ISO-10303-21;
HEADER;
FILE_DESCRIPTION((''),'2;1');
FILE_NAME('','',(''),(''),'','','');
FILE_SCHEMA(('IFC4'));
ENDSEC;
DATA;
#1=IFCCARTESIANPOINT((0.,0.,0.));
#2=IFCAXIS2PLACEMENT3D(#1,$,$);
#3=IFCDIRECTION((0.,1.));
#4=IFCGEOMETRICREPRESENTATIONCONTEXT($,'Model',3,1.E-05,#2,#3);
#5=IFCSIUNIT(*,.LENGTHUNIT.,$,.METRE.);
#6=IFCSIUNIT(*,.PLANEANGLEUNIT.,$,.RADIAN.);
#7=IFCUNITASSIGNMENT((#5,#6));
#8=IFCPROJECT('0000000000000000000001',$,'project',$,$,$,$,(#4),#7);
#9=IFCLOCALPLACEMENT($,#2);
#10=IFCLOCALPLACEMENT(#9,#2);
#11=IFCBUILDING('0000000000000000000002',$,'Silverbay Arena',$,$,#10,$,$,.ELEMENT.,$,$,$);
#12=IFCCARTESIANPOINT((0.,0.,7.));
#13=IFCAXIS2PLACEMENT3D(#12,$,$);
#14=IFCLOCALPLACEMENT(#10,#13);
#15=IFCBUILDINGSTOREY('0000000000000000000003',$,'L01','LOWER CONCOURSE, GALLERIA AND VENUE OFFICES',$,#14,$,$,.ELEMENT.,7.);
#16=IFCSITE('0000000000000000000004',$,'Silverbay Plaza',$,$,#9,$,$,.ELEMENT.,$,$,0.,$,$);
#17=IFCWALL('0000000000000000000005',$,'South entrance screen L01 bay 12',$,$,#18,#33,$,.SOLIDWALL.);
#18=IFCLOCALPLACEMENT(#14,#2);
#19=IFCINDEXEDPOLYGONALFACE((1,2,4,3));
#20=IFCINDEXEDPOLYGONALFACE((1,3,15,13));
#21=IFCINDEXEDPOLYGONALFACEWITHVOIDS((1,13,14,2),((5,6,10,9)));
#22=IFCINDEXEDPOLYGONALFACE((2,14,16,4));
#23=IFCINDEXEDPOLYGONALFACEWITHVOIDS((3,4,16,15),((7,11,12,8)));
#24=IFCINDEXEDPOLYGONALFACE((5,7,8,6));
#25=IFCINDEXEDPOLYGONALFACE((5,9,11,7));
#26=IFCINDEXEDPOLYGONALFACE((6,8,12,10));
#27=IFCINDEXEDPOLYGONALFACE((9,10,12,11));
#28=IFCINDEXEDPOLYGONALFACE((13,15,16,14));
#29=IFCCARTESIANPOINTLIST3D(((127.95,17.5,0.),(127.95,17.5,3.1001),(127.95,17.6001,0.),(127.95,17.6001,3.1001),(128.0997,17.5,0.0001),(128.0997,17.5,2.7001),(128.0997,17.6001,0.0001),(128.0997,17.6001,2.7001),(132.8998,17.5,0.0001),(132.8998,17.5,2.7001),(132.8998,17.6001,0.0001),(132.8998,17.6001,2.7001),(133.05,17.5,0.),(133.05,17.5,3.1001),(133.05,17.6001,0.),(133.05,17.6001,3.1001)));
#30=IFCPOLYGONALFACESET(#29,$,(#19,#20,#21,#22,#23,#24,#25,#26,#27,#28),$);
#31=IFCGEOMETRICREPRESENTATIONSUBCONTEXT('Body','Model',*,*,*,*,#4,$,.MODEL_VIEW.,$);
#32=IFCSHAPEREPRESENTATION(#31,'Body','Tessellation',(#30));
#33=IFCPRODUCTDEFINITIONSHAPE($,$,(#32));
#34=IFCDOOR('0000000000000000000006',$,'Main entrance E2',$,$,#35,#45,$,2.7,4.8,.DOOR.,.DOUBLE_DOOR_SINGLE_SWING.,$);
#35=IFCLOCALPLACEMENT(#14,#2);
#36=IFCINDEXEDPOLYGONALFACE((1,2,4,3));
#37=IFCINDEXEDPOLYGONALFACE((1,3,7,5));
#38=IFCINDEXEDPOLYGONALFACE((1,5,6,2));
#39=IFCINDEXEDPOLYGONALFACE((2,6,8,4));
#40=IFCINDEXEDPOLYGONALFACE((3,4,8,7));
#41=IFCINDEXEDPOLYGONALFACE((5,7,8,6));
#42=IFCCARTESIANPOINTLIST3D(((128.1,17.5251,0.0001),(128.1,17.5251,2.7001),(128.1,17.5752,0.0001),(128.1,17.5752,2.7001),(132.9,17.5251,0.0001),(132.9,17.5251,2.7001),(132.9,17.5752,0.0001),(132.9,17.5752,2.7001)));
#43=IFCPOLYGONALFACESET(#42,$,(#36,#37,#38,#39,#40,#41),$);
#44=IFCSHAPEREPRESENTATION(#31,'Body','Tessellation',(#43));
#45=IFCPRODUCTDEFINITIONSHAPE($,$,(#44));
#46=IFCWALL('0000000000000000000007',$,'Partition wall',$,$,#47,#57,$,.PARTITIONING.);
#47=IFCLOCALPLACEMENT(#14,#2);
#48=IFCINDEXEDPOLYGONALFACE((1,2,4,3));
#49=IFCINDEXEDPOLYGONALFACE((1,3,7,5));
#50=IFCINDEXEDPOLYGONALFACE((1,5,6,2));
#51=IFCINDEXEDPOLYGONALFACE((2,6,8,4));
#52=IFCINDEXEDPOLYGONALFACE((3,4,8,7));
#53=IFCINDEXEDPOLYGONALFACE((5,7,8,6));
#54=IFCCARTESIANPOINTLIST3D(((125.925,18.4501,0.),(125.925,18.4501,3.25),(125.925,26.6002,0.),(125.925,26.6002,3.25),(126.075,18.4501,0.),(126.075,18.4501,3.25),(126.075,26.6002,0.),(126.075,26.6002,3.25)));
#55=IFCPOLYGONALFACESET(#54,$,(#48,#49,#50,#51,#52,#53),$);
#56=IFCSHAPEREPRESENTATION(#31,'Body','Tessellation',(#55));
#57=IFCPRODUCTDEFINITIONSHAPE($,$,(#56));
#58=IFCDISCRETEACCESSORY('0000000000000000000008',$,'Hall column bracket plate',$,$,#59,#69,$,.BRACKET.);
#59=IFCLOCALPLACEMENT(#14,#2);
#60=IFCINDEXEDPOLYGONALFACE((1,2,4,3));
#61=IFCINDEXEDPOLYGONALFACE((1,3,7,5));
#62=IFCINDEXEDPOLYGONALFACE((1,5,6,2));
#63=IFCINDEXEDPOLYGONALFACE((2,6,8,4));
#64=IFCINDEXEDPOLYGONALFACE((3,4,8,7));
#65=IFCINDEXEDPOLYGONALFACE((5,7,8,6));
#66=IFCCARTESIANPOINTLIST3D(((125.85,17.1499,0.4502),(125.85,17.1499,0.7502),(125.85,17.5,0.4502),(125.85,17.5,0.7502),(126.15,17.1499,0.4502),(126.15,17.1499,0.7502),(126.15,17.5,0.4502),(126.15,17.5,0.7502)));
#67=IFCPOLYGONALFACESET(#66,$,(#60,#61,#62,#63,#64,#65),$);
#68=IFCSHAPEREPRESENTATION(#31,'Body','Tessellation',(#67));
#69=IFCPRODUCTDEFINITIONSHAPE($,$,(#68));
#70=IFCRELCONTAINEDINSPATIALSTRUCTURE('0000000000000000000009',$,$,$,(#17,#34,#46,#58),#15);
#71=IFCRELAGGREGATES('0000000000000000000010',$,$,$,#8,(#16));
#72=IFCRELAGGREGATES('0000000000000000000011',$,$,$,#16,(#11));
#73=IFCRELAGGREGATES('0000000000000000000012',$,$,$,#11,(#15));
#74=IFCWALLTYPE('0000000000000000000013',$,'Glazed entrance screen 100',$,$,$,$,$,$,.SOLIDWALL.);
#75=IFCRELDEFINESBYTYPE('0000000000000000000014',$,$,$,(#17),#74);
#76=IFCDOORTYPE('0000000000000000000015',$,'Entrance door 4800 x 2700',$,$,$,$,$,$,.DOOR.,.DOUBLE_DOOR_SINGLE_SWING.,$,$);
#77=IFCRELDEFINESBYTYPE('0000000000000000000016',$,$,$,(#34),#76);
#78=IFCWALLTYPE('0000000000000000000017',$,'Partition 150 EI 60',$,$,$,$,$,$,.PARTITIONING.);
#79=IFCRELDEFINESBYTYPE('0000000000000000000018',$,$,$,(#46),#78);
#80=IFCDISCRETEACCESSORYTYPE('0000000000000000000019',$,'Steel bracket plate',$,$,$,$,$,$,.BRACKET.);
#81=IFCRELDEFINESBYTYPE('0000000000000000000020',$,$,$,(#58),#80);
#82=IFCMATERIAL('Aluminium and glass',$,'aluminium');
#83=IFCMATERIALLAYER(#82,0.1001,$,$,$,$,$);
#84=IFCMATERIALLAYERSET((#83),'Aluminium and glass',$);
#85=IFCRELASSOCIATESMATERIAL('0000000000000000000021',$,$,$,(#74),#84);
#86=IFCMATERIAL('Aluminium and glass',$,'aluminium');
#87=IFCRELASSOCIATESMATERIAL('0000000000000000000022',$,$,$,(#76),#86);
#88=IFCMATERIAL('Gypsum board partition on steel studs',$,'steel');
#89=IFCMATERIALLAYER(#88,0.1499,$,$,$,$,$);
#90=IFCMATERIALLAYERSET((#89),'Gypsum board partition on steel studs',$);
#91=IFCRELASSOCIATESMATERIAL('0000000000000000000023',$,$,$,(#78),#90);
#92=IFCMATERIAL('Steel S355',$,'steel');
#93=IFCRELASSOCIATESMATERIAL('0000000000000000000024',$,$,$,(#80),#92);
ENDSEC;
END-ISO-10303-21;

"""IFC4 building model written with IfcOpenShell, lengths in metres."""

from ifc_helpers import new_model, si_unit, direction, frame, frame_2d, origin, origin_2d, place, context, subcontext, project, spatial, rectangle, extrude, material, layer, layer_set, type_object, element, fill, save


model = new_model("IFC4")

# Units and contexts
model_context = context("Model", 3, precision=1e-05, world=origin(), true_north=direction((0.0, 1.0)))
body_context = subcontext(model_context, "Body", "Model", "MODEL_VIEW")
ifc_project = project(units=[si_unit("LENGTHUNIT", "METRE"), si_unit("PLANEANGLEUNIT", "RADIAN")], contexts=[model_context])

# Site, building, storey
site_placement = place(None, origin())
site = spatial("IfcSite", under=ifc_project, at=site_placement, Name="Silverbay Plaza", CompositionType="ELEMENT", RefElevation=0.0)
building_placement = place(site_placement, origin())
building = spatial("IfcBuilding", under=site, at=building_placement, Name="Silverbay Arena", CompositionType="ELEMENT")
storey_placement = place(building_placement, frame((0.0, 0.0, 7.0)))
storey = spatial("IfcBuildingStorey", under=building, at=storey_placement, Name="L01", Description="LOWER CONCOURSE, GALLERIA AND VENUE OFFICES", CompositionType="ELEMENT", Elevation=7.0)

# Wall, opening, door
ifc_material_1 = material(Name="Aluminium and glass", Category="aluminium")
ifc_layer_1 = layer(ifc_material_1, 0.1001)
ifc_layer_set_1 = layer_set([ifc_layer_1], Name="Aluminium and glass")
wall_type_1 = type_object("IfcWallType", Name="Glazed entrance screen 100", PredefinedType="SOLIDWALL", material=ifc_layer_set_1)
wall_1_placement = place(storey_placement, frame((127.95, 17.55, 0.0), z_axis=(0.0, 0.0, 1.0), x_axis=(1.0, 0.0, 0.0)))
wall_1 = element("IfcWall", 1, at=wall_1_placement, inside=storey, type_object=wall_type_1, Name="South entrance screen L01 bay 12", PredefinedType="SOLIDWALL", context=body_context, shape_type="SweptSolid", body=[
    extrude(rectangle(XDim=5.1001, YDim=0.1001, at=frame_2d((2.55, 0.0))), origin(), (0.0, 0.0, 1.0), 3.1001),
])
opening_placement = place(wall_1_placement, frame((0.1499, 0.0, 0.0)))
opening = element("IfcOpeningElement", 2, at=opening_placement, cuts=wall_1, PredefinedType="OPENING", context=body_context, shape_type="SweptSolid", body=[
    extrude(rectangle(XDim=4.8, YDim=2.7, at=frame_2d((2.3999, 1.3501))), frame((0.0, 0.0601, 0.0), z_axis=(0.0, -1.0, 0.0), x_axis=(1.0, 0.0, 0.0)), (0.0, 0.0, 1.0), 0.1201),
])
ifc_material_2 = material(Name="Aluminium and glass", Category="aluminium")
door_type = type_object("IfcDoorType", Name="Entrance door 4800 x 2700", OperationType="DOUBLE_DOOR_SINGLE_SWING", PredefinedType="DOOR", material=ifc_material_2)
door_placement = place(opening_placement, frame((4.8, 0.0, 0.0), z_axis=(0.0, 0.0, 1.0), x_axis=(-1.0, 0.0, 0.0)))
door = element("IfcDoor", 3, at=door_placement, inside=storey, type_object=door_type, Name="Main entrance E2", OperationType="DOUBLE_DOOR_SINGLE_SWING", OverallHeight=2.7, OverallWidth=4.8, PredefinedType="DOOR", context=body_context, shape_type="SweptSolid", body=[
    extrude(rectangle(XDim=4.8, YDim=2.7, at=frame_2d((2.3999, 1.3501))), frame((0.0, 0.0249, 0.0), z_axis=(0.0, -1.0, 0.0), x_axis=(1.0, 0.0, 0.0)), (0.0, 0.0, 1.0), 0.05),
])
fill(opening, door)

# Wall
ifc_material_3 = material(Name="Gypsum board partition on steel studs", Category="steel")
ifc_layer_2 = layer(ifc_material_3, 0.1499)
ifc_layer_set_2 = layer_set([ifc_layer_2], Name="Gypsum board partition on steel studs")
wall_type_2 = type_object("IfcWallType", Name="Partition 150 EI 60", PredefinedType="PARTITIONING", material=ifc_layer_set_2)
wall_2_placement = place(storey_placement, frame((126.0, 18.45, 0.0), z_axis=(0.0, 0.0, 1.0), x_axis=(0.0, 1.0, 0.0)))
element("IfcWall", 4, at=wall_2_placement, inside=storey, type_object=wall_type_2, Name="Partition wall", PredefinedType="PARTITIONING", context=body_context, shape_type="SweptSolid", body=[
    extrude(rectangle(XDim=8.1501, YDim=0.1499, at=frame_2d((4.0752, 0.0))), origin(), (0.0, 0.0, 1.0), 3.25),
])

# Discrete accessory
ifc_material_4 = material(Name="Steel S355", Category="steel")
discrete_accessory_type = type_object("IfcDiscreteAccessoryType", Name="Steel bracket plate", PredefinedType="BRACKET", material=ifc_material_4)
discrete_accessory_placement = place(storey_placement, frame((126.0, 17.325, 0.4502), z_axis=(0.0, 0.0, 1.0), x_axis=(1.0, 0.0, 0.0)))
element("IfcDiscreteAccessory", 5, at=discrete_accessory_placement, inside=storey, type_object=discrete_accessory_type, Name="Hall column bracket plate", PredefinedType="BRACKET", context=body_context, shape_type="SweptSolid", body=[
    extrude(rectangle(XDim=0.3, YDim=0.3501, at=origin_2d()), origin(), (0.0, 0.0, 1.0), 0.3),
])

save(model, "model.ifc")
